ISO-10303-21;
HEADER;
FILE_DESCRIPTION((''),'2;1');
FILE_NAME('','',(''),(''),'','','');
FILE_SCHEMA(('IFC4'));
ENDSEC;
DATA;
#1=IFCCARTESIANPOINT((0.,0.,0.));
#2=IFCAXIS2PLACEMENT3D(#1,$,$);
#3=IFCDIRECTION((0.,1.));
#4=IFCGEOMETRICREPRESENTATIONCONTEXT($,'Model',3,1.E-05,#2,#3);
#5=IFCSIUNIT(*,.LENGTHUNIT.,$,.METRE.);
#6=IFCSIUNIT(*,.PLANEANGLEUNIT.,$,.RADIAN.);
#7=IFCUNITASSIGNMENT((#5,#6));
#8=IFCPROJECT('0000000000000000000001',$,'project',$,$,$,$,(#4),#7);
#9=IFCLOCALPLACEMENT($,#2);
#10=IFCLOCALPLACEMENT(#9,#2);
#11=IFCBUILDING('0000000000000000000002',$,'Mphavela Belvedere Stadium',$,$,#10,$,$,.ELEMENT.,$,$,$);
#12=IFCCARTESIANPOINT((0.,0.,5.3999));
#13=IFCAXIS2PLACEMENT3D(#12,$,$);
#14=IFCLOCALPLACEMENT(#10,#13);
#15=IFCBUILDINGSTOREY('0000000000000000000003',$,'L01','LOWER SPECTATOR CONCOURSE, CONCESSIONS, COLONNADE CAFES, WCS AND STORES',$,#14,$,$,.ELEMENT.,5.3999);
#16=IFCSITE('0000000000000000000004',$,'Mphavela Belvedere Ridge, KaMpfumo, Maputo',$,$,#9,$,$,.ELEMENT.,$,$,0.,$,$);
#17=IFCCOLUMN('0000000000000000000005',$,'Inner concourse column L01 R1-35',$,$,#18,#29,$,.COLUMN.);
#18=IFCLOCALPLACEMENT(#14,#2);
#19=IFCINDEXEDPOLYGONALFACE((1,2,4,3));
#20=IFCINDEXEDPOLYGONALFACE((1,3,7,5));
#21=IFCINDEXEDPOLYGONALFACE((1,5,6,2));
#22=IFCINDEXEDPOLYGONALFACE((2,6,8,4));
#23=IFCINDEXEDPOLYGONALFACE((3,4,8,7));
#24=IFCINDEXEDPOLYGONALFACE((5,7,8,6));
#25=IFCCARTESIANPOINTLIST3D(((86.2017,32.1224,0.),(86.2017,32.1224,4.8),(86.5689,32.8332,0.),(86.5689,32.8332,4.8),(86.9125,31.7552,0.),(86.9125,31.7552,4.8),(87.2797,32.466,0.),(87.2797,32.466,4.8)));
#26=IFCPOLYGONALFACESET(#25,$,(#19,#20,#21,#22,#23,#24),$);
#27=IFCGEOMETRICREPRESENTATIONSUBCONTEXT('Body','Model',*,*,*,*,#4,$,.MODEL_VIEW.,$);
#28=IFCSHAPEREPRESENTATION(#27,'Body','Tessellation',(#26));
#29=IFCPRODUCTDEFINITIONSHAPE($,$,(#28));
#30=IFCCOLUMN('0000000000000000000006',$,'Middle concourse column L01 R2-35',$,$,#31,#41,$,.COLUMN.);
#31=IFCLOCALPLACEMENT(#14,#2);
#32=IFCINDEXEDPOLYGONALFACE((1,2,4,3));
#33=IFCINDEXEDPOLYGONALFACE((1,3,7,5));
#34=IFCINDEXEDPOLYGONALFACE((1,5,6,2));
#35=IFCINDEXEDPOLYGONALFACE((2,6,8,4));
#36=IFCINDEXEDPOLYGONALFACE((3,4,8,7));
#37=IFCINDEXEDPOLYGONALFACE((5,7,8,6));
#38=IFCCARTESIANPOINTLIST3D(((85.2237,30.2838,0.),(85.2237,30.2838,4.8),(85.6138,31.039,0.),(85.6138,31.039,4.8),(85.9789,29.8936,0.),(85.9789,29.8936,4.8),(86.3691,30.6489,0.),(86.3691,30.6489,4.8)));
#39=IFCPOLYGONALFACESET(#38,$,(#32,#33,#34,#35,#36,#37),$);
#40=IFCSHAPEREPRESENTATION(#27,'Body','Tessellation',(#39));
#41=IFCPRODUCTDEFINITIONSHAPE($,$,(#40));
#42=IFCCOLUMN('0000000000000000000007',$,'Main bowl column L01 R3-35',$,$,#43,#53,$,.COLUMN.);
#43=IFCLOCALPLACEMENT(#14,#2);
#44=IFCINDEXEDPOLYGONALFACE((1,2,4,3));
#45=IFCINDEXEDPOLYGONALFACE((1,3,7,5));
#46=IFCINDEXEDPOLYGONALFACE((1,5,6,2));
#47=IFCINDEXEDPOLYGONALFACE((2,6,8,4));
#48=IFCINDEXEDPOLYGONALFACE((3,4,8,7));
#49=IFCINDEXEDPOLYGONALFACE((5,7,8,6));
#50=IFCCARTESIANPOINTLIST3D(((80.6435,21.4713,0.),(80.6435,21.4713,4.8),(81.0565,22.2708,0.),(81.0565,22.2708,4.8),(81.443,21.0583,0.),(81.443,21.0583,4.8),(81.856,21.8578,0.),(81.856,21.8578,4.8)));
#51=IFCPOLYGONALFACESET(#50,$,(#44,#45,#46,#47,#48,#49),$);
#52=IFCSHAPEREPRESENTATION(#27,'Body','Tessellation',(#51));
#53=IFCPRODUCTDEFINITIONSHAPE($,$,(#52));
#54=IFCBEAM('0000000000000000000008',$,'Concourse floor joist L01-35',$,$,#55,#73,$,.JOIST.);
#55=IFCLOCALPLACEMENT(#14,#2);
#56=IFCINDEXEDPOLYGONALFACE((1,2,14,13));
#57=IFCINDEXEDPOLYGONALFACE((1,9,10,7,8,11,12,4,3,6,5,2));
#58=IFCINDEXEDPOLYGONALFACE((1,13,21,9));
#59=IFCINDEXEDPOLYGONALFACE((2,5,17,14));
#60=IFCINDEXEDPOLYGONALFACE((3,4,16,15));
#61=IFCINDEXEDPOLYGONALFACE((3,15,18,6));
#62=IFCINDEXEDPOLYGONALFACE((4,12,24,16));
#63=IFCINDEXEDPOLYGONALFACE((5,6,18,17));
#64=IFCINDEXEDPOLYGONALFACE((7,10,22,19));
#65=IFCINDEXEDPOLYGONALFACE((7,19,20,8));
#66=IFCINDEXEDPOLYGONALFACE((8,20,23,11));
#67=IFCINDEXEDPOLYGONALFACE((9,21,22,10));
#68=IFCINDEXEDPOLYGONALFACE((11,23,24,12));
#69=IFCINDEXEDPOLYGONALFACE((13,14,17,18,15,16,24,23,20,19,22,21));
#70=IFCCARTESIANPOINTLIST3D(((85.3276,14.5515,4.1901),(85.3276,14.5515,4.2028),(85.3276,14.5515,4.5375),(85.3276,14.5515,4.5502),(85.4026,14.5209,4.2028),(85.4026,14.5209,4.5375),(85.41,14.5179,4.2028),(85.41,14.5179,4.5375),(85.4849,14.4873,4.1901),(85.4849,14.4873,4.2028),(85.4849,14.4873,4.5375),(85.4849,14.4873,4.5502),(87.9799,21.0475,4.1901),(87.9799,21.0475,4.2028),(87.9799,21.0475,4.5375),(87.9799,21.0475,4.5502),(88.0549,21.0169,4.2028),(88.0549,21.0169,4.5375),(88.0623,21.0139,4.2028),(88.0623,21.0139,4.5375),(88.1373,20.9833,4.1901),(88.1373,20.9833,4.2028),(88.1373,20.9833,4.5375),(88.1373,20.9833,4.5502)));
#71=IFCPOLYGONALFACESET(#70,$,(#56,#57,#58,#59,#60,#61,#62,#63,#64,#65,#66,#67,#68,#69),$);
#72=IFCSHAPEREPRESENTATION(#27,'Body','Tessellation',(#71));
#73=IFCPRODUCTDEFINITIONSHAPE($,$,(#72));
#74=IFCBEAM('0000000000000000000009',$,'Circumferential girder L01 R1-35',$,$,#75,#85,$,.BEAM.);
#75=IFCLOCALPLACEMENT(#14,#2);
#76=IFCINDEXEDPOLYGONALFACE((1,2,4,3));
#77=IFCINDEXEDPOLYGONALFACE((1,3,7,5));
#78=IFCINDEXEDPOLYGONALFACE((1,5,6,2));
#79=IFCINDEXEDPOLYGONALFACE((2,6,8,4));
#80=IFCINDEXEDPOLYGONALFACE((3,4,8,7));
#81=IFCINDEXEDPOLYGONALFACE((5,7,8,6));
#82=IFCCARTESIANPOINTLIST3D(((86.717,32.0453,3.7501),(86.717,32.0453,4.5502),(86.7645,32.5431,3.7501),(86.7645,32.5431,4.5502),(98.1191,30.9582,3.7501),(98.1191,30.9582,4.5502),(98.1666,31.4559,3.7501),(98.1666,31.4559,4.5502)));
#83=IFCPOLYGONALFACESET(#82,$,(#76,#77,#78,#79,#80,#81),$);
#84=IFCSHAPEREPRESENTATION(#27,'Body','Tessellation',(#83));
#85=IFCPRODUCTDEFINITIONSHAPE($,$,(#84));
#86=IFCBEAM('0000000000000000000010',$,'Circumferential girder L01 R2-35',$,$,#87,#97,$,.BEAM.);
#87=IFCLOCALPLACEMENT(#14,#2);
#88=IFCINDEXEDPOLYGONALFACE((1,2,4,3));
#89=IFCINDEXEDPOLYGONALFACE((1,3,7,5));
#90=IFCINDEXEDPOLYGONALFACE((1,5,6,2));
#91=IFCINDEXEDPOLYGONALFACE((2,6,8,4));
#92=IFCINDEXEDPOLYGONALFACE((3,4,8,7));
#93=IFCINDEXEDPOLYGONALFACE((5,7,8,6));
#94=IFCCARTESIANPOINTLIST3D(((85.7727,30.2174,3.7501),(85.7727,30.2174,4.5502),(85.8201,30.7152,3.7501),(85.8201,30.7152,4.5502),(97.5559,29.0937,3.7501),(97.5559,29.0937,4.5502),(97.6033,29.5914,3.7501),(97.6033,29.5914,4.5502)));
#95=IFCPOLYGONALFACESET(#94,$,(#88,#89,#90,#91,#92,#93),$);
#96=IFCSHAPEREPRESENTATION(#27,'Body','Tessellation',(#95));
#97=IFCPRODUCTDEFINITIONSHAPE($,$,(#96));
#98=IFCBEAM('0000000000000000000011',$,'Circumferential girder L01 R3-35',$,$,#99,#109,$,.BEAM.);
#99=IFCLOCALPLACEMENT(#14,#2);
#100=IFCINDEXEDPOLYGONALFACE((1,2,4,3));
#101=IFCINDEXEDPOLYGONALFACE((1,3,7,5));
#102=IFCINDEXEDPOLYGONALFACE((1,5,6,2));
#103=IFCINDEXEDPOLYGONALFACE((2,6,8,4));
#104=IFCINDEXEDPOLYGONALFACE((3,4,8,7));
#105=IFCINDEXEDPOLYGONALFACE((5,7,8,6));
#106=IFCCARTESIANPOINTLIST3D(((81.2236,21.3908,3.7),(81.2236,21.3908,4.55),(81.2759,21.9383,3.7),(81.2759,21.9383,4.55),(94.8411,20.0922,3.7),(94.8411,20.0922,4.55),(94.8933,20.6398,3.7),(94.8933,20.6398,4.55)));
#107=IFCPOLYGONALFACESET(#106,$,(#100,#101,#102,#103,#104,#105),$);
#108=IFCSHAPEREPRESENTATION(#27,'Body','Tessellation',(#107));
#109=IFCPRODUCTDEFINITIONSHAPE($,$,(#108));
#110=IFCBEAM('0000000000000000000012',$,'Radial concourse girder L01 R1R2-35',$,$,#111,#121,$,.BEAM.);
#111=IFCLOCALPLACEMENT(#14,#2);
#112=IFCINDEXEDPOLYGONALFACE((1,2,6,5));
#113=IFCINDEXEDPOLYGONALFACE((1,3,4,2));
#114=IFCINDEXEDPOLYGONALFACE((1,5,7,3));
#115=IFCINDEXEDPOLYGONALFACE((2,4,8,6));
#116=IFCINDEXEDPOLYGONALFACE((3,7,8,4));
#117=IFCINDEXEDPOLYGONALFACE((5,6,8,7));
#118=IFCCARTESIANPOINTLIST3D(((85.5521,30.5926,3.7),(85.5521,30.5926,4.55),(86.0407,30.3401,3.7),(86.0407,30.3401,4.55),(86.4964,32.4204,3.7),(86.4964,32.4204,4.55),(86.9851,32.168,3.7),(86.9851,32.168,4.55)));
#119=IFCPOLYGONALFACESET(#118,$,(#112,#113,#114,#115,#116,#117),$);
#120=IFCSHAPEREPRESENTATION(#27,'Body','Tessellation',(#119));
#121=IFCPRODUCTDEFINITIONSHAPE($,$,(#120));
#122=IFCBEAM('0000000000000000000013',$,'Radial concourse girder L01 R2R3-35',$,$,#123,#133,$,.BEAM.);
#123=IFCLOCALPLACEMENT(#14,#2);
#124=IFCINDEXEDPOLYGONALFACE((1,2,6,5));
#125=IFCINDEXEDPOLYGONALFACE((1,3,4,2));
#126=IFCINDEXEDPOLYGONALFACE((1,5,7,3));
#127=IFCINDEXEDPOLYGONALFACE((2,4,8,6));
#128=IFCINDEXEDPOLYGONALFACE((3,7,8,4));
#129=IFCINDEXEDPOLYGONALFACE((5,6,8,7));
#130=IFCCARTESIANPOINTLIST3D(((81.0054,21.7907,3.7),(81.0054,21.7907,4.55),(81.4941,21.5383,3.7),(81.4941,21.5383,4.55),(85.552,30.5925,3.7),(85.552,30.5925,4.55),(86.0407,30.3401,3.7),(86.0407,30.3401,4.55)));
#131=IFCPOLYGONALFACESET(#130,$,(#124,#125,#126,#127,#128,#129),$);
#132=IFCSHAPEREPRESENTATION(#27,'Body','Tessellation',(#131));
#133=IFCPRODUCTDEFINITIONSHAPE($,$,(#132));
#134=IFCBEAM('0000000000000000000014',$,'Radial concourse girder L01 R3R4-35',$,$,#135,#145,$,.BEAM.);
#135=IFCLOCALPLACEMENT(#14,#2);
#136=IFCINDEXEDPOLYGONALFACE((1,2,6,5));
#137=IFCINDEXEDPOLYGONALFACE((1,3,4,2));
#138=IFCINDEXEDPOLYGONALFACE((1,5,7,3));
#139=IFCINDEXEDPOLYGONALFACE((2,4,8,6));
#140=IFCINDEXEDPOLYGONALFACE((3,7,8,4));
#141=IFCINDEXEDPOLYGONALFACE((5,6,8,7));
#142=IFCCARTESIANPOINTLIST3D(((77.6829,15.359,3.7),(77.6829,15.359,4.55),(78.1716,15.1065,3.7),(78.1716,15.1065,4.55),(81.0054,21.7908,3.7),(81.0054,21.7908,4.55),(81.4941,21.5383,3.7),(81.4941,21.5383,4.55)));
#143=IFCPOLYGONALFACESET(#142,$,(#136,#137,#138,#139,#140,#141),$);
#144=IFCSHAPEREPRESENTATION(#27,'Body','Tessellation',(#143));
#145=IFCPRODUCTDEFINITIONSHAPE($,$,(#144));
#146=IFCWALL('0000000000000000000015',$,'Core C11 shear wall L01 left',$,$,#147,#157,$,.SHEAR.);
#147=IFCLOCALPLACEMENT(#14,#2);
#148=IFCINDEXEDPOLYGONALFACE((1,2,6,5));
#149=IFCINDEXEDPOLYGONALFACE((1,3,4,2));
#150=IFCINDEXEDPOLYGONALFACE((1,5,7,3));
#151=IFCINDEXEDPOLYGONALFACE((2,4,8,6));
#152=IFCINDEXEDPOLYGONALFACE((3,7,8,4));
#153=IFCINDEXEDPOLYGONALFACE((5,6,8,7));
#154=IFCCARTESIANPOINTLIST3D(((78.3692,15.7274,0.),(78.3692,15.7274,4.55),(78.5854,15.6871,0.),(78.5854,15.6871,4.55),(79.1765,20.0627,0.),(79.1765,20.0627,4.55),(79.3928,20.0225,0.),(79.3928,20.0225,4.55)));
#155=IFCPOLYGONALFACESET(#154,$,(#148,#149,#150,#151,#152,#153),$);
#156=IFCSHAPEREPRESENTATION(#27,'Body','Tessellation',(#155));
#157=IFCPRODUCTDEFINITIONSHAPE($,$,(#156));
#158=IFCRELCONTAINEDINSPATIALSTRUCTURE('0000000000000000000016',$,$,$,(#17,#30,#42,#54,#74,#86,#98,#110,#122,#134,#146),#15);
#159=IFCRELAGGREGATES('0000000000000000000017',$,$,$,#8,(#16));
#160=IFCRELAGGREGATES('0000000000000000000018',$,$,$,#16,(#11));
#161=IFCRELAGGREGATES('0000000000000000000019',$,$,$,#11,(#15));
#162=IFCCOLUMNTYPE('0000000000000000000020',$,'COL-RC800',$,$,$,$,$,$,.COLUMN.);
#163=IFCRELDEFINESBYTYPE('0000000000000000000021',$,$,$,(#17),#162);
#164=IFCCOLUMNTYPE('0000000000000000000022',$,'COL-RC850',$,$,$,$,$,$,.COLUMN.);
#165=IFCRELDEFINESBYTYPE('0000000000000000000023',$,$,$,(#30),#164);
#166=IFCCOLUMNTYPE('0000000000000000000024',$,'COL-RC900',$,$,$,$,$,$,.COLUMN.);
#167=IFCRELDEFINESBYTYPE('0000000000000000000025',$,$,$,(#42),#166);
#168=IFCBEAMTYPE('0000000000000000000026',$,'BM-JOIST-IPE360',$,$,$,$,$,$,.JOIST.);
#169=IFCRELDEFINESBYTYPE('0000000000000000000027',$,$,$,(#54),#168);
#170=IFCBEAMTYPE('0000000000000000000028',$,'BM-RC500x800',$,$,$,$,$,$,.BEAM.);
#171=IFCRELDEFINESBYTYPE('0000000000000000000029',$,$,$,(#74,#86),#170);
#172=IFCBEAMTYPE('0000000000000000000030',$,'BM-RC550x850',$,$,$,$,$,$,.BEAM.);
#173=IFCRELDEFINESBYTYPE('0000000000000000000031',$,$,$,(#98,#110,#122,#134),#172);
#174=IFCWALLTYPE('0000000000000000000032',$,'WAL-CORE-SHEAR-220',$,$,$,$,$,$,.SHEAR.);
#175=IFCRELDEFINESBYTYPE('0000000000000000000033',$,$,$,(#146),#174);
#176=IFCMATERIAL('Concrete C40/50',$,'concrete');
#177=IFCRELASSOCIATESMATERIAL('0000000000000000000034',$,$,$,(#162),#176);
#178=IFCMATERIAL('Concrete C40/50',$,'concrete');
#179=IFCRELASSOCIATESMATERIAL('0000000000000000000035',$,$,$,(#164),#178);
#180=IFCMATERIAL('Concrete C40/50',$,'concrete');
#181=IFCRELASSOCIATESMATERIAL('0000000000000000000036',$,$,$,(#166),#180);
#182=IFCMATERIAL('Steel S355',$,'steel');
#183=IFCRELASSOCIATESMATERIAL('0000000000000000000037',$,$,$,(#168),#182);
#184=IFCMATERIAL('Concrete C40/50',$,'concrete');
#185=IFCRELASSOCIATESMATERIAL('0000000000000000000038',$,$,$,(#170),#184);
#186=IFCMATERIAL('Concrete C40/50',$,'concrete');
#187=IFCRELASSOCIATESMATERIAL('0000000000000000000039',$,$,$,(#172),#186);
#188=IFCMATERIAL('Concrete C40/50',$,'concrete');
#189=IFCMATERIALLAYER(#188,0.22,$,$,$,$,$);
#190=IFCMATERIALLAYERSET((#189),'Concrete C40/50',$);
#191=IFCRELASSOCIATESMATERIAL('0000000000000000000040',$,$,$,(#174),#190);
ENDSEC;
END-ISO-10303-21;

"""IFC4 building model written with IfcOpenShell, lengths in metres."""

from ifc_helpers import new_model, si_unit, direction, frame, frame_2d, origin, origin_2d, place, context, subcontext, project, spatial, rectangle, i_section, extrude, material, layer, layer_set, material_profile, profile_set, type_object, element, save


model = new_model("IFC4")

# Units and contexts
model_context = context("Model", 3, precision=1e-05, world=origin(), true_north=direction((0.0, 1.0)))
body_context = subcontext(model_context, "Body", "Model", "MODEL_VIEW")
ifc_project = project(units=[si_unit("LENGTHUNIT", "METRE"), si_unit("PLANEANGLEUNIT", "RADIAN")], contexts=[model_context])

# Site, building, storey
site_placement = place(None, origin())
site = spatial("IfcSite", under=ifc_project, at=site_placement, Name="Mphavela Belvedere Ridge, KaMpfumo, Maputo", CompositionType="ELEMENT", RefElevation=0.0)
building_placement = place(site_placement, origin())
building = spatial("IfcBuilding", under=site, at=building_placement, Name="Mphavela Belvedere Stadium", CompositionType="ELEMENT")
storey_placement = place(building_placement, frame((0.0, 0.0, 5.3999)))
storey = spatial("IfcBuildingStorey", under=building, at=storey_placement, Name="L01", Description="LOWER SPECTATOR CONCOURSE, CONCESSIONS, COLONNADE CAFES, WCS AND STORES", CompositionType="ELEMENT", Elevation=5.3999)

# Columns
ifc_material_1 = material(Name="Concrete C40/50", Category="concrete")
ifc_material_profile_1 = material_profile(ifc_material_1, rectangle(XDim=0.8, YDim=0.8, at=origin_2d()), Name="RC 800x800")
ifc_profile_set_1 = profile_set([ifc_material_profile_1], Name="Concrete C40/50")
column_type_1 = type_object("IfcColumnType", Name="COL-RC800", PredefinedType="COLUMN", material=ifc_profile_set_1)
column_1_placement = place(storey_placement, frame((86.7407, 32.2942, 0.0), z_axis=(0.0, 0.0, 1.0), x_axis=(-0.45896, -0.888457, 0.0)))
element("IfcColumn", 1, at=column_1_placement, inside=storey, type_object=column_type_1, Name="Inner concourse column L01 R1-35", PredefinedType="COLUMN", context=body_context, shape_type="SweptSolid", body=[
    extrude(rectangle(XDim=0.8, YDim=0.8, at=origin_2d()), origin(), (0.0, 0.0, 1.0), 4.8),
])
ifc_material_2 = material(Name="Concrete C40/50", Category="concrete")
ifc_material_profile_2 = material_profile(ifc_material_2, rectangle(XDim=0.8501, YDim=0.8501, at=origin_2d()), Name="RC 850x850")
ifc_profile_set_2 = profile_set([ifc_material_profile_2], Name="Concrete C40/50")
column_type_2 = type_object("IfcColumnType", Name="COL-RC850", PredefinedType="COLUMN", material=ifc_profile_set_2)
column_2_placement = place(storey_placement, frame((85.7964, 30.4663, 0.0), z_axis=(0.0, 0.0, 1.0), x_axis=(-0.45896, -0.888457, 0.0)))
element("IfcColumn", 2, at=column_2_placement, inside=storey, type_object=column_type_2, Name="Middle concourse column L01 R2-35", PredefinedType="COLUMN", context=body_context, shape_type="SweptSolid", body=[
    extrude(rectangle(XDim=0.8501, YDim=0.8501, at=origin_2d()), origin(), (0.0, 0.0, 1.0), 4.8),
])
ifc_material_3 = material(Name="Concrete C40/50", Category="concrete")
ifc_material_profile_3 = material_profile(ifc_material_3, rectangle(XDim=0.8999, YDim=0.8999, at=origin_2d()), Name="RC 900x900")
ifc_profile_set_3 = profile_set([ifc_material_profile_3], Name="Concrete C40/50")
column_type_3 = type_object("IfcColumnType", Name="COL-RC900", PredefinedType="COLUMN", material=ifc_profile_set_3)
column_3_placement = place(storey_placement, frame((81.2498, 21.6646, 0.0), z_axis=(0.0, 0.0, 1.0), x_axis=(-0.45896, -0.888457, 0.0)))
element("IfcColumn", 3, at=column_3_placement, inside=storey, type_object=column_type_3, Name="Main bowl column L01 R3-35", PredefinedType="COLUMN", context=body_context, shape_type="SweptSolid", body=[
    extrude(rectangle(XDim=0.8999, YDim=0.8999, at=origin_2d()), origin(), (0.0, 0.0, 1.0), 4.8),
])

# Beams
ifc_material_4 = material(Name="Steel S355", Category="steel")
ifc_material_profile_4 = material_profile(ifc_material_4, i_section(OverallWidth=0.1699, OverallDepth=0.3601, WebThickness=0.0081, FlangeThickness=0.0127, at=origin_2d()), Name="IPE 360")
ifc_profile_set_4 = profile_set([ifc_material_profile_4], Name="Steel S355")
beam_type_1 = type_object("IfcBeamType", Name="BM-JOIST-IPE360", PredefinedType="JOIST", material=ifc_profile_set_4)
beam_1_placement = place(storey_placement, frame((88.0586, 21.0154, 4.3701), z_axis=(-0.378004, -0.925804, 0.0), x_axis=(0.925804, -0.378004, 0.0)))
element("IfcBeam", 4, at=beam_1_placement, inside=storey, type_object=beam_type_1, Name="Concourse floor joist L01-35", PredefinedType="JOIST", context=body_context, shape_type="SweptSolid", body=[
    extrude(i_section(OverallWidth=0.1699, OverallDepth=0.3601, WebThickness=0.0081, FlangeThickness=0.0127, at=origin_2d()), origin(), (0.0, 0.0, 1.0), 7.0166),
])
ifc_material_5 = material(Name="Concrete C40/50", Category="concrete")
ifc_material_profile_5 = material_profile(ifc_material_5, rectangle(XDim=0.5, YDim=0.8, at=origin_2d()), Name="RC 500x800")
ifc_profile_set_5 = profile_set([ifc_material_profile_5], Name="Concrete C40/50")
beam_type_2 = type_object("IfcBeamType", Name="BM-RC500x800", PredefinedType="BEAM", material=ifc_profile_set_5)
beam_2_placement = place(storey_placement, frame((86.7407, 32.2942, 4.1501), z_axis=(0.995485, -0.094917, 0.0), x_axis=(0.094917, 0.995485, 0.0)))
element("IfcBeam", 5, at=beam_2_placement, inside=storey, type_object=beam_type_2, Name="Circumferential girder L01 R1-35", PredefinedType="BEAM", context=body_context, shape_type="SweptSolid", body=[
    extrude(rectangle(XDim=0.5, YDim=0.8, at=origin_2d()), origin(), (0.0, 0.0, 1.0), 11.4539),
])
beam_3_placement = place(storey_placement, frame((85.7964, 30.4663, 4.1501), z_axis=(0.995483, -0.09494, 0.0), x_axis=(0.09494, 0.995483, 0.0)))
element("IfcBeam", 6, at=beam_3_placement, inside=storey, type_object=beam_type_2, Name="Circumferential girder L01 R2-35", PredefinedType="BEAM", context=body_context, shape_type="SweptSolid", body=[
    extrude(rectangle(XDim=0.5, YDim=0.8, at=origin_2d()), origin(), (0.0, 0.0, 1.0), 11.8367),
])
ifc_material_6 = material(Name="Concrete C40/50", Category="concrete")
ifc_material_profile_6 = material_profile(ifc_material_6, rectangle(XDim=0.55, YDim=0.8501, at=origin_2d()), Name="RC 550x850")
ifc_profile_set_6 = profile_set([ifc_material_profile_6], Name="Concrete C40/50")
beam_type_3 = type_object("IfcBeamType", Name="BM-RC550x850", PredefinedType="BEAM", material=ifc_profile_set_6)
beam_4_placement = place(storey_placement, frame((81.2498, 21.6646, 4.125), z_axis=(0.995484, -0.094931, 0.0), x_axis=(0.094931, 0.995484, 0.0)))
element("IfcBeam", 7, at=beam_4_placement, inside=storey, type_object=beam_type_3, Name="Circumferential girder L01 R3-35", PredefinedType="BEAM", context=body_context, shape_type="SweptSolid", body=[
    extrude(rectangle(XDim=0.55, YDim=0.8501, at=origin_2d()), origin(), (0.0, 0.0, 1.0), 13.6792),
])
beam_5_placement = place(storey_placement, frame((86.7407, 32.2942, 4.125), z_axis=(-0.458994, -0.88844, 0.0), x_axis=(0.88844, -0.458994, 0.0)))
element("IfcBeam", 8, at=beam_5_placement, inside=storey, type_object=beam_type_3, Name="Radial concourse girder L01 R1R2-35", PredefinedType="BEAM", context=body_context, shape_type="SweptSolid", body=[
    extrude(rectangle(XDim=0.55, YDim=0.8501, at=origin_2d()), origin(), (0.0, 0.0, 1.0), 2.0574),
])
beam_6_placement = place(storey_placement, frame((85.7964, 30.4663, 4.125), z_axis=(-0.458945, -0.888465, 0.0), x_axis=(0.888465, -0.458945, 0.0)))
element("IfcBeam", 9, at=beam_6_placement, inside=storey, type_object=beam_type_3, Name="Radial concourse girder L01 R2R3-35", PredefinedType="BEAM", context=body_context, shape_type="SweptSolid", body=[
    extrude(rectangle(XDim=0.55, YDim=0.8501, at=origin_2d()), origin(), (0.0, 0.0, 1.0), 9.9067),
])
beam_7_placement = place(storey_placement, frame((81.2498, 21.6646, 4.125), z_axis=(-0.458951, -0.888461, 0.0), x_axis=(0.888461, -0.458951, 0.0)))
element("IfcBeam", 10, at=beam_7_placement, inside=storey, type_object=beam_type_3, Name="Radial concourse girder L01 R3R4-35", PredefinedType="BEAM", context=body_context, shape_type="SweptSolid", body=[
    extrude(rectangle(XDim=0.55, YDim=0.8501, at=origin_2d()), origin(), (0.0, 0.0, 1.0), 7.2393),
])

# Wall
ifc_material_7 = material(Name="Concrete C40/50", Category="concrete")
ifc_layer_1 = layer(ifc_material_7, 0.22)
ifc_layer_set_1 = layer_set([ifc_layer_1], Name="Concrete C40/50")
wall_type_1 = type_object("IfcWallType", Name="WAL-CORE-SHEAR-220", PredefinedType="SHEAR", material=ifc_layer_set_1)
wall_1_placement = place(storey_placement, frame((79.2847, 20.0427, 0.0), z_axis=(0.0, 0.0, 1.0), x_axis=(-0.183078, -0.983098, 0.0)))
element("IfcWall", 11, at=wall_1_placement, inside=storey, type_object=wall_type_1, Name="Core C11 shear wall L01 left", PredefinedType="SHEAR", context=body_context, shape_type="SweptSolid", body=[
    extrude(rectangle(XDim=4.4099, YDim=0.22, at=frame_2d((2.2051, 0.0))), origin(), (0.0, 0.0, 1.0), 4.55),
])

save(model, "model.ifc")
